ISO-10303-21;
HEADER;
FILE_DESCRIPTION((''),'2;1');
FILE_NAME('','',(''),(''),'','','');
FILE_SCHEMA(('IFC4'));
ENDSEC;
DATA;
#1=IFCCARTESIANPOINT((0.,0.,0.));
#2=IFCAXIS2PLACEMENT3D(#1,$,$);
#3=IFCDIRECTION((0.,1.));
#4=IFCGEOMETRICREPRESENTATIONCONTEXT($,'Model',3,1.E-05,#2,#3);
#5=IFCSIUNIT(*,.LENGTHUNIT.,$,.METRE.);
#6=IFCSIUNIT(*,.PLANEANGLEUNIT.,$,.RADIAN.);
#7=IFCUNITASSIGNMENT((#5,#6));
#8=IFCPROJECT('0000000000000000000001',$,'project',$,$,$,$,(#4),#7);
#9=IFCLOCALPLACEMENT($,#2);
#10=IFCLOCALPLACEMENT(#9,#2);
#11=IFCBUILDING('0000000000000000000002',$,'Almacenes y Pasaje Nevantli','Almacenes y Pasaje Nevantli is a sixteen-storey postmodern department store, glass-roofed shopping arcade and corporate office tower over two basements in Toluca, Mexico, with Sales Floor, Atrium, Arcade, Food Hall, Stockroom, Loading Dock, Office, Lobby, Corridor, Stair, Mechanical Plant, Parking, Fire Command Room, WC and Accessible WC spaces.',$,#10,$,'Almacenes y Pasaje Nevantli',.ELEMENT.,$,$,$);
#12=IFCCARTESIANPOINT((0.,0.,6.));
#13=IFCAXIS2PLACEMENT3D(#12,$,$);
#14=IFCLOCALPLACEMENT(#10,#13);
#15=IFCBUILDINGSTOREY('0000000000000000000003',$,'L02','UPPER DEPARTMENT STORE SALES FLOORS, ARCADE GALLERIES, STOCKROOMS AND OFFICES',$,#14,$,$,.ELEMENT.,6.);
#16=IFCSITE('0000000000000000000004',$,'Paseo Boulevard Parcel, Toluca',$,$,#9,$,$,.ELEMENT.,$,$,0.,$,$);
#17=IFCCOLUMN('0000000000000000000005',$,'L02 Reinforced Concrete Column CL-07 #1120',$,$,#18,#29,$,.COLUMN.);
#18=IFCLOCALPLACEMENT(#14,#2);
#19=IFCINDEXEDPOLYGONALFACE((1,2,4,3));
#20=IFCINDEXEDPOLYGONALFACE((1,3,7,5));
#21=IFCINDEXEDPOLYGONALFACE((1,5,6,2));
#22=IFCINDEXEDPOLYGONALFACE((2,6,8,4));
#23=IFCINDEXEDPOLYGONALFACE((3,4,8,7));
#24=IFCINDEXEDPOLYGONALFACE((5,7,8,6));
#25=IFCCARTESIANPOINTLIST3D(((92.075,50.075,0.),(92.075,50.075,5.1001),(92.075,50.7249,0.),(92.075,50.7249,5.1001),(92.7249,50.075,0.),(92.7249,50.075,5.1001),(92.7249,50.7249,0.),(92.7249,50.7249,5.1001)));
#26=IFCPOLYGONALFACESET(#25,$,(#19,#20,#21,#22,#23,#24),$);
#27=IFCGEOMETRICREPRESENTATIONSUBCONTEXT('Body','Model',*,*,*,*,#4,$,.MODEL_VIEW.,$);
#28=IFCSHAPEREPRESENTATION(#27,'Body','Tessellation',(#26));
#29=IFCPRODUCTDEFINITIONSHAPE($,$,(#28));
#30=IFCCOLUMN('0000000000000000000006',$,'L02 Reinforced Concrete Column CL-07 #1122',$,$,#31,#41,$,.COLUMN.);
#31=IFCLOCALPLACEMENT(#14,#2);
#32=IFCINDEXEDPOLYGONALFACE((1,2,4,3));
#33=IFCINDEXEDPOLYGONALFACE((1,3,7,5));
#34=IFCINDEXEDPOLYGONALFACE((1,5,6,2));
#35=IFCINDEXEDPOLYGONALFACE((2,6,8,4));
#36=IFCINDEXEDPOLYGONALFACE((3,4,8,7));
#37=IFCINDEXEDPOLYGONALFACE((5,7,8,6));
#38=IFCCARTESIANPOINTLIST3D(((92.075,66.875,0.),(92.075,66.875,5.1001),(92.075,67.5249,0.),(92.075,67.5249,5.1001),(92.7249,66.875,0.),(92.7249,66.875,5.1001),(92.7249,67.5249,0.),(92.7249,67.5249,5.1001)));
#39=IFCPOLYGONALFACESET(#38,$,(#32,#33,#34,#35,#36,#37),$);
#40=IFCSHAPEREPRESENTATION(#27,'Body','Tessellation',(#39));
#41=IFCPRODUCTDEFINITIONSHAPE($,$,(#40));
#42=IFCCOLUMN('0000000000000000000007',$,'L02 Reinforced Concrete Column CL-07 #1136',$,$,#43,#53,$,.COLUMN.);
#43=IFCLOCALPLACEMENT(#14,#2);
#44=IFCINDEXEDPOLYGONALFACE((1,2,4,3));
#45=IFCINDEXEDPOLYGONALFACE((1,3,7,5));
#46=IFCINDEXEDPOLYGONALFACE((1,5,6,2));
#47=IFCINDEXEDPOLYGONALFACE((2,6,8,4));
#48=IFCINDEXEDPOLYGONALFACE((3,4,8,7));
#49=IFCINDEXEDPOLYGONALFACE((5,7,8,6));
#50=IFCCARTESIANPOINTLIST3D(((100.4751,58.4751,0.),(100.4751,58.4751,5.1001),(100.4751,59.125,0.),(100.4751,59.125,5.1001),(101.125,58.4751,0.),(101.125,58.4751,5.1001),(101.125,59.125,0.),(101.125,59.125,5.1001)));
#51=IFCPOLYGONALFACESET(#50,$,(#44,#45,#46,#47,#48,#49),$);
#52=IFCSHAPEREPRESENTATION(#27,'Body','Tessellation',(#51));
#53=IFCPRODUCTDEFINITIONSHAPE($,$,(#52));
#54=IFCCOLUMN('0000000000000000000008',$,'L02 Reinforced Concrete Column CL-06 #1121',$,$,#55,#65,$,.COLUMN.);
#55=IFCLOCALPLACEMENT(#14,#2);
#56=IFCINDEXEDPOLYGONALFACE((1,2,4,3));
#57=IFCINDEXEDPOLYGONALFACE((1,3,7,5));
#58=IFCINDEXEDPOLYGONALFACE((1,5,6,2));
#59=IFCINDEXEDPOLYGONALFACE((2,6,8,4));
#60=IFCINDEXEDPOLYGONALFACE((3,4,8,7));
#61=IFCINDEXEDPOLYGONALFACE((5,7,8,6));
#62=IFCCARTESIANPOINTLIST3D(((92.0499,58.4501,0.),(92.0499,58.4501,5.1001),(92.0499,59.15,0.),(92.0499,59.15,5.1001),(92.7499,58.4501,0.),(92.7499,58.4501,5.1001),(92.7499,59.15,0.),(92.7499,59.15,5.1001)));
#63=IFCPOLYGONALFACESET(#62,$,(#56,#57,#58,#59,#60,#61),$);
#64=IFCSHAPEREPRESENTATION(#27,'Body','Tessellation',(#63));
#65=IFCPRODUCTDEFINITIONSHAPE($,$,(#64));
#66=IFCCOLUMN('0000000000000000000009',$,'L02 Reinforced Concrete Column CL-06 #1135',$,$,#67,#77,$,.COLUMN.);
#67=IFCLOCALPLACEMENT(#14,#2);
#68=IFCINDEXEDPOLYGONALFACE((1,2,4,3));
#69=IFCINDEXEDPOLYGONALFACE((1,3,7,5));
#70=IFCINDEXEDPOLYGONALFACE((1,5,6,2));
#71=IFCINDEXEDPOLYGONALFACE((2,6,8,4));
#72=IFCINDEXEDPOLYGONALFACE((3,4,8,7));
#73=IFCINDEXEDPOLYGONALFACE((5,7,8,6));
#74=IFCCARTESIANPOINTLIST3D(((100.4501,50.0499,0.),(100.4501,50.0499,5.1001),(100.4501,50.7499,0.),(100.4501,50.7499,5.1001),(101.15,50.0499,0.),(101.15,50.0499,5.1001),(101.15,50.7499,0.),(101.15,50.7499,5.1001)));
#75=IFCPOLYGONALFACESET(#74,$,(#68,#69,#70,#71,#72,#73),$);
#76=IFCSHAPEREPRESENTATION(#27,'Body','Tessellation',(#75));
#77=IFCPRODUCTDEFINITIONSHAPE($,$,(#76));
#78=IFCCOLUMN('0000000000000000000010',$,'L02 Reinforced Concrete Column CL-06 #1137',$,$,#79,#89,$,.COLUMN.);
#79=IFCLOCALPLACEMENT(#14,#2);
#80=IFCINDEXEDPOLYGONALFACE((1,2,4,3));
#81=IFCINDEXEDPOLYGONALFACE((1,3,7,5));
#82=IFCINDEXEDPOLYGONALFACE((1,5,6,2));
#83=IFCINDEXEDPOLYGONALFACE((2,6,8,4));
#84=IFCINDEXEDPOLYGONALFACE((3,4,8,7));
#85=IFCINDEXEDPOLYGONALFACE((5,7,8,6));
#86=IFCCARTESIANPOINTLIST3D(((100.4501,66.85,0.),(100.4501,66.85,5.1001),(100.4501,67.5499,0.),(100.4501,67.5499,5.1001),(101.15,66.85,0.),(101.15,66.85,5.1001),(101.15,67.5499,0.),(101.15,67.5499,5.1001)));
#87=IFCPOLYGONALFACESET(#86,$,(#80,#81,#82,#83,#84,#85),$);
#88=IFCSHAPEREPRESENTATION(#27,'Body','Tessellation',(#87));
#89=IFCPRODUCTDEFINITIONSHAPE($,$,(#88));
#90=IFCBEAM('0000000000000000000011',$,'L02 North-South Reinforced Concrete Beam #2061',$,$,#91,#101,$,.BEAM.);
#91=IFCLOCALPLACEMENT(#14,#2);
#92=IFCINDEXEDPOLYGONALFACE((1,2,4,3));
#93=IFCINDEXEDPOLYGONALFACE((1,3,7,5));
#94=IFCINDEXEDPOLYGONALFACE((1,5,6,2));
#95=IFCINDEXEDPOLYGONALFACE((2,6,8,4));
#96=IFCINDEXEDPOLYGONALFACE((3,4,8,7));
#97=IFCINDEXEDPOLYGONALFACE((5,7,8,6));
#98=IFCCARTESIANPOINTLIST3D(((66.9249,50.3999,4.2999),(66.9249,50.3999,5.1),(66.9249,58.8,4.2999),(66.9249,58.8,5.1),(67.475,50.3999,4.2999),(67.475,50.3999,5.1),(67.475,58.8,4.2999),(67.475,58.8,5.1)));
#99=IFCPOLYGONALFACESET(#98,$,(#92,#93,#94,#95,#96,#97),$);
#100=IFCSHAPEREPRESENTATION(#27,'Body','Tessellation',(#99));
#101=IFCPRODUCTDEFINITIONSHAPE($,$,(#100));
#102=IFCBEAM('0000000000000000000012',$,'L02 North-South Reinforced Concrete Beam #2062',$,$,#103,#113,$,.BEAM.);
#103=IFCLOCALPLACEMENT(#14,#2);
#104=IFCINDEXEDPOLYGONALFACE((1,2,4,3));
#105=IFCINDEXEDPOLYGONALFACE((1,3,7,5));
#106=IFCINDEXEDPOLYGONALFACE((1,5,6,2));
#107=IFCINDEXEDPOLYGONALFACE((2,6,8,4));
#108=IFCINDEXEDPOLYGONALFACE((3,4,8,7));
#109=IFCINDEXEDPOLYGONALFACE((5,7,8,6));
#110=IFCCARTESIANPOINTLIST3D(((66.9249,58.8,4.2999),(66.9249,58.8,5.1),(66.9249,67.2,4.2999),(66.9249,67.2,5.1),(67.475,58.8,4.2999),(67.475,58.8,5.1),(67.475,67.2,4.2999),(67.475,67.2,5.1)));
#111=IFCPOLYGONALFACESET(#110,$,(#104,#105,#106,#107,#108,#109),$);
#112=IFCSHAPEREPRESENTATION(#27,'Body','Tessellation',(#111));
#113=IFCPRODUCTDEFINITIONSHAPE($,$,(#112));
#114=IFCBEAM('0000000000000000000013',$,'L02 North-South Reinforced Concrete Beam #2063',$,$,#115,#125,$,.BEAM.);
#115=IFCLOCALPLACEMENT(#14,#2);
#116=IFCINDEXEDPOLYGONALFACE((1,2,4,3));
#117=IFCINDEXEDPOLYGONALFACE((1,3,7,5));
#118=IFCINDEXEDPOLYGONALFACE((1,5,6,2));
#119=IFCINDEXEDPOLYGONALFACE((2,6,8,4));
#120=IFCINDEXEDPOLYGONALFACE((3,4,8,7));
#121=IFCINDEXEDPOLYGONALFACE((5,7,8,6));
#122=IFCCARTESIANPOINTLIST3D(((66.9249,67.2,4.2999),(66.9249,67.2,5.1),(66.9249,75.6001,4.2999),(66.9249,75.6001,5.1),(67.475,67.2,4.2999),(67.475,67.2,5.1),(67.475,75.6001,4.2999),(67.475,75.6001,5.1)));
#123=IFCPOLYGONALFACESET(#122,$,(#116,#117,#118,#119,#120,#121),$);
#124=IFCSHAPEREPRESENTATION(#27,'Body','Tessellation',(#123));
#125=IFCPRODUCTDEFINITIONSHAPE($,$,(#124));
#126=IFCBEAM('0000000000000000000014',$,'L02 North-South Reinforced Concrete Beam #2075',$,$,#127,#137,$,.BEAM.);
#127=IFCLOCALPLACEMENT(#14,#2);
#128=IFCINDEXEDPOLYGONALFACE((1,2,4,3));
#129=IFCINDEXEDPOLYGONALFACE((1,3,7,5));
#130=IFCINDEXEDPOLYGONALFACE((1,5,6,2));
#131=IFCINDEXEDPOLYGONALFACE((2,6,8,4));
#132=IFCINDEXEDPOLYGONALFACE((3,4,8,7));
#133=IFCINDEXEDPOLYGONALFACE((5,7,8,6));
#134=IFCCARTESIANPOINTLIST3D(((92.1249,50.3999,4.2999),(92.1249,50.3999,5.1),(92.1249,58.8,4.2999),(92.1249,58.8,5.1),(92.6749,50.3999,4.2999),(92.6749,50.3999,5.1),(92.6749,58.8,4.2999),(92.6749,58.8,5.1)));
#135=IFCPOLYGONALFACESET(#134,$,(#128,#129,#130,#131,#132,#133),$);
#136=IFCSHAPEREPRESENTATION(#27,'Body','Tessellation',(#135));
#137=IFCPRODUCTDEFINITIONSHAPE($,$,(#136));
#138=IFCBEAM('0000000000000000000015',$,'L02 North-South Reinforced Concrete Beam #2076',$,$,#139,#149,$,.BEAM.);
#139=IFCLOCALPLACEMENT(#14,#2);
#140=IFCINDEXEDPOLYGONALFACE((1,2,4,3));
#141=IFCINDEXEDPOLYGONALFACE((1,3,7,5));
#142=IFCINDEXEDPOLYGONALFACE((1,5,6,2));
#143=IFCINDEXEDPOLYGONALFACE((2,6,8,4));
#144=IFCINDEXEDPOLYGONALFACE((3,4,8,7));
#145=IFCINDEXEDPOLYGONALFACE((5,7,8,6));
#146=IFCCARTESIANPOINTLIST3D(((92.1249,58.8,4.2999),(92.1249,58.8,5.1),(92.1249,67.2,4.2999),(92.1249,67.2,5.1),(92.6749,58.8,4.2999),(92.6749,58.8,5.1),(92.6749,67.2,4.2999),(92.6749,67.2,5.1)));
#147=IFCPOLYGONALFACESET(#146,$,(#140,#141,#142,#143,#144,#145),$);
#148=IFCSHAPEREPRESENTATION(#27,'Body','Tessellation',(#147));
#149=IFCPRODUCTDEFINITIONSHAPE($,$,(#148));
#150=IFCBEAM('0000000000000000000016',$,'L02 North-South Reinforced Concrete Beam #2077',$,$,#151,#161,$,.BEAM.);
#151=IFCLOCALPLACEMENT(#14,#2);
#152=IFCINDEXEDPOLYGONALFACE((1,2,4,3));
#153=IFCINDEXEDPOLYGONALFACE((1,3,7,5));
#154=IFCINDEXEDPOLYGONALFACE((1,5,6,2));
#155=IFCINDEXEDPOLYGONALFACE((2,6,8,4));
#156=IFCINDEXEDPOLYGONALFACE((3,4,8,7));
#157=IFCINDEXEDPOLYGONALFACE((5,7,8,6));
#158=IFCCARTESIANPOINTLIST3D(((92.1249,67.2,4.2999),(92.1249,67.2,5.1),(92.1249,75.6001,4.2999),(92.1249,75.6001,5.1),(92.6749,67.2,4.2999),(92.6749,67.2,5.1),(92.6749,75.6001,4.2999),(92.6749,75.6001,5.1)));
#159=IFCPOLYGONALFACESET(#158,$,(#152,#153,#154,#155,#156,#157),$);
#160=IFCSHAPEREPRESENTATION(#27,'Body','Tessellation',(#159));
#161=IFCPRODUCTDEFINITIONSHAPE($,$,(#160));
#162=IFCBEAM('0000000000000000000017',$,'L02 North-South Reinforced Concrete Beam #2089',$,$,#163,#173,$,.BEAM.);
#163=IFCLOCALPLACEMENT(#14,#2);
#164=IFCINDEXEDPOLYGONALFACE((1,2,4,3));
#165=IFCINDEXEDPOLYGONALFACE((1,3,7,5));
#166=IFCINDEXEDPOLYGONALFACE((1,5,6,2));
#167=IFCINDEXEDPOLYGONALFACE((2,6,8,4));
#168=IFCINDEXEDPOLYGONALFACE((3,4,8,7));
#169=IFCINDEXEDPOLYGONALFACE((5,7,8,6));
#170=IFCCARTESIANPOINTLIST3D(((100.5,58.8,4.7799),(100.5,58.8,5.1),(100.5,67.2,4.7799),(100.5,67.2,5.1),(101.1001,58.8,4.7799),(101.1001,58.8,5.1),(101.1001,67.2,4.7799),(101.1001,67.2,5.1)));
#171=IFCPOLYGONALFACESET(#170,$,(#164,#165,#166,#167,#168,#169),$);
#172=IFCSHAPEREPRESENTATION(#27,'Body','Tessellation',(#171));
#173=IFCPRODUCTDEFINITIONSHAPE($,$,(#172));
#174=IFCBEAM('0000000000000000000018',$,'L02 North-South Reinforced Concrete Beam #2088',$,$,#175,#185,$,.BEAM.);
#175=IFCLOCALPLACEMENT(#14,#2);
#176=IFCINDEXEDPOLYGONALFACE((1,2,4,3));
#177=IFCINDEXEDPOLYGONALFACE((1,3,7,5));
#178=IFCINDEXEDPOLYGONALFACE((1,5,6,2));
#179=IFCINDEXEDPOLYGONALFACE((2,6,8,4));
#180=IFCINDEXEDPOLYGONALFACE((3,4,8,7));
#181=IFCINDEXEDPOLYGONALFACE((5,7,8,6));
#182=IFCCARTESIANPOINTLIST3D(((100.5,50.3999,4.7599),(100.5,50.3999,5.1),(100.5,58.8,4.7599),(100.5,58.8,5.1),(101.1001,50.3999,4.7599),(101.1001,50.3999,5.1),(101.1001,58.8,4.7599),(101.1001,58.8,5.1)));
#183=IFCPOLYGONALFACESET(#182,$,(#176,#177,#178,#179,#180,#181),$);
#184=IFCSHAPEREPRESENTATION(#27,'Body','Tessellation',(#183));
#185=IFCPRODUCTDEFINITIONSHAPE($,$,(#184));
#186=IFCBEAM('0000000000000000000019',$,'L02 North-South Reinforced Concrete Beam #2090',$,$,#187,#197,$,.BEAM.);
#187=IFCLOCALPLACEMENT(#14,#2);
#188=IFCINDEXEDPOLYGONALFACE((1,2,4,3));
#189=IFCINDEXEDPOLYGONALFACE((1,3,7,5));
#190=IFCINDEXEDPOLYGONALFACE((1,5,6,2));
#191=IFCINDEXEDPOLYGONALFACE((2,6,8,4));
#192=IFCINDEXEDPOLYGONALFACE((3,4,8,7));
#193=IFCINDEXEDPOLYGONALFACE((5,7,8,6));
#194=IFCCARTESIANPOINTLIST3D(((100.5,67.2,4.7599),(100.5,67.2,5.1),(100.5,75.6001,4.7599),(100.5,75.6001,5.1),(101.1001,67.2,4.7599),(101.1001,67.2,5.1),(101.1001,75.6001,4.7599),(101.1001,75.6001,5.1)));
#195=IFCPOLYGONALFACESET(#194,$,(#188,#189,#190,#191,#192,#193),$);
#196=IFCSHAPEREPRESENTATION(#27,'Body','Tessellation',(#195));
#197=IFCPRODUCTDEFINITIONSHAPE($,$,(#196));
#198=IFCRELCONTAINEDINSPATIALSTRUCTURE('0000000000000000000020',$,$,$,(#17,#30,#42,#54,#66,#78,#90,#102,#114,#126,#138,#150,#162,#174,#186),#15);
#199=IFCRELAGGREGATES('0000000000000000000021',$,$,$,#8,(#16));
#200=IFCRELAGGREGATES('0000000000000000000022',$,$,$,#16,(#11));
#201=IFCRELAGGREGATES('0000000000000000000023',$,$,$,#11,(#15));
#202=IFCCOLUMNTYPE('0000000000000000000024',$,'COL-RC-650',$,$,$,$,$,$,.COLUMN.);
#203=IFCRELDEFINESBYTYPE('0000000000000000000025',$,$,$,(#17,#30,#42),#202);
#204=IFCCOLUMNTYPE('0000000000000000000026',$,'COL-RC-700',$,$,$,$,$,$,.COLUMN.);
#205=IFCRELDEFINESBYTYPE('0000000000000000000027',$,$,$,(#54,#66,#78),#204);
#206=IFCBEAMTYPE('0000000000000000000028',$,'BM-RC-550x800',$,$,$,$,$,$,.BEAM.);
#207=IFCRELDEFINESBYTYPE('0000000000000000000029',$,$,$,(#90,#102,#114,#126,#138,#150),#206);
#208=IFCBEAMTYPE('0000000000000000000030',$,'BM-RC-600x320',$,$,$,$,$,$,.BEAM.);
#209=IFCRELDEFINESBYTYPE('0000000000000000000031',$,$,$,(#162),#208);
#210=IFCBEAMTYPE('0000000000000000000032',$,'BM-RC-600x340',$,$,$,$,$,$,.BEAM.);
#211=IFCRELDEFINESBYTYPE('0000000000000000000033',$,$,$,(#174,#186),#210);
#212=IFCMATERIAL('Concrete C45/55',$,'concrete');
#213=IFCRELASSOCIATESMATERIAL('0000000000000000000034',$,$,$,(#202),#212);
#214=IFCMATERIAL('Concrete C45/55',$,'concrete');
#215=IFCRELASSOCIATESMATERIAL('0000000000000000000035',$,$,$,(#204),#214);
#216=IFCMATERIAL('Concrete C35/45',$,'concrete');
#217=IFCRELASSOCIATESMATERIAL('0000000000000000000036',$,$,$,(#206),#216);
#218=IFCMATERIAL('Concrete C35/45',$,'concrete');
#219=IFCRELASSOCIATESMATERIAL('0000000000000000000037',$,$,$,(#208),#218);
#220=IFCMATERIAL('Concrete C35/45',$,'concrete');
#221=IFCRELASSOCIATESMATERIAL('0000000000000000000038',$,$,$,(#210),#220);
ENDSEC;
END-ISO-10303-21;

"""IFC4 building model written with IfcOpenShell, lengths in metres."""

from ifc_helpers import new_model, si_unit, direction, frame, origin, origin_2d, place, context, subcontext, project, spatial, rectangle, extrude, material, material_profile, profile_set, type_object, element, save


model = new_model("IFC4")

# Units and contexts
model_context = context("Model", 3, precision=1e-05, world=origin(), true_north=direction((0.0, 1.0)))
body_context = subcontext(model_context, "Body", "Model", "MODEL_VIEW")
ifc_project = project(units=[si_unit("LENGTHUNIT", "METRE"), si_unit("PLANEANGLEUNIT", "RADIAN")], contexts=[model_context])

# Site, building, storey
site_placement = place(None, origin())
site = spatial("IfcSite", under=ifc_project, at=site_placement, Name="Paseo Boulevard Parcel, Toluca", CompositionType="ELEMENT", RefElevation=0.0)
building_placement = place(site_placement, origin())
building = spatial("IfcBuilding", under=site, at=building_placement, Name="Almacenes y Pasaje Nevantli", Description="Almacenes y Pasaje Nevantli is a sixteen-storey postmodern department store, glass-roofed shopping arcade and corporate office tower over two basements in Toluca, Mexico, with Sales Floor, Atrium, Arcade, Food Hall, Stockroom, Loading Dock, Office, Lobby, Corridor, Stair, Mechanical Plant, Parking, Fire Command Room, WC and Accessible WC spaces.", LongName="Almacenes y Pasaje Nevantli", CompositionType="ELEMENT")
storey_placement = place(building_placement, frame((0.0, 0.0, 6.0)))
storey = spatial("IfcBuildingStorey", under=building, at=storey_placement, Name="L02", Description="UPPER DEPARTMENT STORE SALES FLOORS, ARCADE GALLERIES, STOCKROOMS AND OFFICES", CompositionType="ELEMENT", Elevation=6.0)

# Columns
ifc_material_1 = material(Name="Concrete C45/55", Category="concrete")
ifc_material_profile_1 = material_profile(ifc_material_1, rectangle(XDim=0.6499, YDim=0.6499, at=origin_2d()), Name="RC-COL-650x650")
ifc_profile_set_1 = profile_set([ifc_material_profile_1], Name="Concrete C45/55")
column_type_1 = type_object("IfcColumnType", Name="COL-RC-650", PredefinedType="COLUMN", material=ifc_profile_set_1)
for number, where, z_axis, x_axis, name in (
    (1, (92.3999, 50.3999, 0.0), (0.0, 0.0, 1.0), (1.0, 0.0, 0.0), "L02 Reinforced Concrete Column CL-07 #1120"),
    (2, (92.3999, 67.2, 0.0), (0.0, 0.0, 1.0), (1.0, 0.0, 0.0), "L02 Reinforced Concrete Column CL-07 #1122"),
    (3, (100.8, 58.8, 0.0), (0.0, 0.0, 1.0), (1.0, 0.0, 0.0), "L02 Reinforced Concrete Column CL-07 #1136"),
):
    element("IfcColumn", number, at=place(storey_placement, frame(where, z_axis=z_axis, x_axis=x_axis)), inside=storey, type_object=column_type_1, Name=name, PredefinedType="COLUMN", context=body_context, shape_type="SweptSolid", body=[
        extrude(rectangle(XDim=0.6499, YDim=0.6499, at=origin_2d()), origin(), (0.0, 0.0, 1.0), 5.1001),
    ])
ifc_material_2 = material(Name="Concrete C45/55", Category="concrete")
ifc_material_profile_2 = material_profile(ifc_material_2, rectangle(XDim=0.7, YDim=0.7, at=origin_2d()), Name="RC-COL-700x700")
ifc_profile_set_2 = profile_set([ifc_material_profile_2], Name="Concrete C45/55")
column_type_2 = type_object("IfcColumnType", Name="COL-RC-700", PredefinedType="COLUMN", material=ifc_profile_set_2)
for number, where, z_axis, x_axis, name in (
    (4, (92.3999, 58.8, 0.0), (0.0, 0.0, 1.0), (1.0, 0.0, 0.0), "L02 Reinforced Concrete Column CL-06 #1121"),
    (5, (100.8, 50.3999, 0.0), (0.0, 0.0, 1.0), (1.0, 0.0, 0.0), "L02 Reinforced Concrete Column CL-06 #1135"),
    (6, (100.8, 67.2, 0.0), (0.0, 0.0, 1.0), (1.0, 0.0, 0.0), "L02 Reinforced Concrete Column CL-06 #1137"),
):
    element("IfcColumn", number, at=place(storey_placement, frame(where, z_axis=z_axis, x_axis=x_axis)), inside=storey, type_object=column_type_2, Name=name, PredefinedType="COLUMN", context=body_context, shape_type="SweptSolid", body=[
        extrude(rectangle(XDim=0.7, YDim=0.7, at=origin_2d()), origin(), (0.0, 0.0, 1.0), 5.1001),
    ])

# Beams
ifc_material_3 = material(Name="Concrete C35/45", Category="concrete")
ifc_material_profile_3 = material_profile(ifc_material_3, rectangle(XDim=0.55, YDim=0.8, at=origin_2d()), Name="RC-BM-550x800")
ifc_profile_set_3 = profile_set([ifc_material_profile_3], Name="Concrete C35/45")
beam_type_1 = type_object("IfcBeamType", Name="BM-RC-550x800", PredefinedType="BEAM", material=ifc_profile_set_3)
beam_1_placement = place(storey_placement, frame((67.2, 50.3999, 4.7), z_axis=(0.0, 1.0, 0.0), x_axis=(-1.0, 0.0, 0.0)))
element("IfcBeam", 7, at=beam_1_placement, inside=storey, type_object=beam_type_1, Name="L02 North-South Reinforced Concrete Beam #2061", PredefinedType="BEAM", context=body_context, shape_type="SweptSolid", body=[
    extrude(rectangle(XDim=0.55, YDim=0.8, at=origin_2d()), origin(), (0.0, 0.0, 1.0), 8.4001),
])
beam_2_placement = place(storey_placement, frame((67.2, 58.8, 4.7), z_axis=(0.0, 1.0, 0.0), x_axis=(-1.0, 0.0, 0.0)))
element("IfcBeam", 8, at=beam_2_placement, inside=storey, type_object=beam_type_1, Name="L02 North-South Reinforced Concrete Beam #2062", PredefinedType="BEAM", context=body_context, shape_type="SweptSolid", body=[
    extrude(rectangle(XDim=0.55, YDim=0.8, at=origin_2d()), origin(), (0.0, 0.0, 1.0), 8.3999),
])
for number, where, z_axis, x_axis, name in (
    (9, (67.2, 67.2, 4.7), (0.0, 1.0, 0.0), (-1.0, 0.0, 0.0), "L02 North-South Reinforced Concrete Beam #2063"),
    (10, (92.3999, 50.3999, 4.7), (0.0, 1.0, 0.0), (-1.0, 0.0, 0.0), "L02 North-South Reinforced Concrete Beam #2075"),
):
    element("IfcBeam", number, at=place(storey_placement, frame(where, z_axis=z_axis, x_axis=x_axis)), inside=storey, type_object=beam_type_1, Name=name, PredefinedType="BEAM", context=body_context, shape_type="SweptSolid", body=[
        extrude(rectangle(XDim=0.55, YDim=0.8, at=origin_2d()), origin(), (0.0, 0.0, 1.0), 8.4001),
    ])
beam_3_placement = place(storey_placement, frame((92.3999, 58.8, 4.7), z_axis=(0.0, 1.0, 0.0), x_axis=(-1.0, 0.0, 0.0)))
element("IfcBeam", 11, at=beam_3_placement, inside=storey, type_object=beam_type_1, Name="L02 North-South Reinforced Concrete Beam #2076", PredefinedType="BEAM", context=body_context, shape_type="SweptSolid", body=[
    extrude(rectangle(XDim=0.55, YDim=0.8, at=origin_2d()), origin(), (0.0, 0.0, 1.0), 8.3999),
])
beam_4_placement = place(storey_placement, frame((92.3999, 67.2, 4.7), z_axis=(0.0, 1.0, 0.0), x_axis=(-1.0, 0.0, 0.0)))
element("IfcBeam", 12, at=beam_4_placement, inside=storey, type_object=beam_type_1, Name="L02 North-South Reinforced Concrete Beam #2077", PredefinedType="BEAM", context=body_context, shape_type="SweptSolid", body=[
    extrude(rectangle(XDim=0.55, YDim=0.8, at=origin_2d()), origin(), (0.0, 0.0, 1.0), 8.4001),
])
ifc_material_4 = material(Name="Concrete C35/45", Category="concrete")
ifc_material_profile_4 = material_profile(ifc_material_4, rectangle(XDim=0.6001, YDim=0.3201, at=origin_2d()), Name="RC-BM-600x320")
ifc_profile_set_4 = profile_set([ifc_material_profile_4], Name="Concrete C35/45")
beam_type_2 = type_object("IfcBeamType", Name="BM-RC-600x320", PredefinedType="BEAM", material=ifc_profile_set_4)
beam_5_placement = place(storey_placement, frame((100.8, 58.8, 4.9399), z_axis=(0.0, 1.0, 0.0), x_axis=(-1.0, 0.0, 0.0)))
element("IfcBeam", 13, at=beam_5_placement, inside=storey, type_object=beam_type_2, Name="L02 North-South Reinforced Concrete Beam #2089", PredefinedType="BEAM", context=body_context, shape_type="SweptSolid", body=[
    extrude(rectangle(XDim=0.6001, YDim=0.3201, at=origin_2d()), origin(), (0.0, 0.0, 1.0), 8.3999),
])
ifc_material_5 = material(Name="Concrete C35/45", Category="concrete")
ifc_material_profile_5 = material_profile(ifc_material_5, rectangle(XDim=0.6001, YDim=0.3401, at=origin_2d()), Name="RC-BM-600x340")
ifc_profile_set_5 = profile_set([ifc_material_profile_5], Name="Concrete C35/45")
beam_type_3 = type_object("IfcBeamType", Name="BM-RC-600x340", PredefinedType="BEAM", material=ifc_profile_set_5)
for number, where, z_axis, x_axis, name in (
    (14, (100.8, 50.3999, 4.9299), (0.0, 1.0, 0.0), (-1.0, 0.0, 0.0), "L02 North-South Reinforced Concrete Beam #2088"),
    (15, (100.8, 67.2, 4.9299), (0.0, 1.0, 0.0), (-1.0, 0.0, 0.0), "L02 North-South Reinforced Concrete Beam #2090"),
):
    element("IfcBeam", number, at=place(storey_placement, frame(where, z_axis=z_axis, x_axis=x_axis)), inside=storey, type_object=beam_type_3, Name=name, PredefinedType="BEAM", context=body_context, shape_type="SweptSolid", body=[
        extrude(rectangle(XDim=0.6001, YDim=0.3401, at=origin_2d()), origin(), (0.0, 0.0, 1.0), 8.4001),
    ])

save(model, "model.ifc")
